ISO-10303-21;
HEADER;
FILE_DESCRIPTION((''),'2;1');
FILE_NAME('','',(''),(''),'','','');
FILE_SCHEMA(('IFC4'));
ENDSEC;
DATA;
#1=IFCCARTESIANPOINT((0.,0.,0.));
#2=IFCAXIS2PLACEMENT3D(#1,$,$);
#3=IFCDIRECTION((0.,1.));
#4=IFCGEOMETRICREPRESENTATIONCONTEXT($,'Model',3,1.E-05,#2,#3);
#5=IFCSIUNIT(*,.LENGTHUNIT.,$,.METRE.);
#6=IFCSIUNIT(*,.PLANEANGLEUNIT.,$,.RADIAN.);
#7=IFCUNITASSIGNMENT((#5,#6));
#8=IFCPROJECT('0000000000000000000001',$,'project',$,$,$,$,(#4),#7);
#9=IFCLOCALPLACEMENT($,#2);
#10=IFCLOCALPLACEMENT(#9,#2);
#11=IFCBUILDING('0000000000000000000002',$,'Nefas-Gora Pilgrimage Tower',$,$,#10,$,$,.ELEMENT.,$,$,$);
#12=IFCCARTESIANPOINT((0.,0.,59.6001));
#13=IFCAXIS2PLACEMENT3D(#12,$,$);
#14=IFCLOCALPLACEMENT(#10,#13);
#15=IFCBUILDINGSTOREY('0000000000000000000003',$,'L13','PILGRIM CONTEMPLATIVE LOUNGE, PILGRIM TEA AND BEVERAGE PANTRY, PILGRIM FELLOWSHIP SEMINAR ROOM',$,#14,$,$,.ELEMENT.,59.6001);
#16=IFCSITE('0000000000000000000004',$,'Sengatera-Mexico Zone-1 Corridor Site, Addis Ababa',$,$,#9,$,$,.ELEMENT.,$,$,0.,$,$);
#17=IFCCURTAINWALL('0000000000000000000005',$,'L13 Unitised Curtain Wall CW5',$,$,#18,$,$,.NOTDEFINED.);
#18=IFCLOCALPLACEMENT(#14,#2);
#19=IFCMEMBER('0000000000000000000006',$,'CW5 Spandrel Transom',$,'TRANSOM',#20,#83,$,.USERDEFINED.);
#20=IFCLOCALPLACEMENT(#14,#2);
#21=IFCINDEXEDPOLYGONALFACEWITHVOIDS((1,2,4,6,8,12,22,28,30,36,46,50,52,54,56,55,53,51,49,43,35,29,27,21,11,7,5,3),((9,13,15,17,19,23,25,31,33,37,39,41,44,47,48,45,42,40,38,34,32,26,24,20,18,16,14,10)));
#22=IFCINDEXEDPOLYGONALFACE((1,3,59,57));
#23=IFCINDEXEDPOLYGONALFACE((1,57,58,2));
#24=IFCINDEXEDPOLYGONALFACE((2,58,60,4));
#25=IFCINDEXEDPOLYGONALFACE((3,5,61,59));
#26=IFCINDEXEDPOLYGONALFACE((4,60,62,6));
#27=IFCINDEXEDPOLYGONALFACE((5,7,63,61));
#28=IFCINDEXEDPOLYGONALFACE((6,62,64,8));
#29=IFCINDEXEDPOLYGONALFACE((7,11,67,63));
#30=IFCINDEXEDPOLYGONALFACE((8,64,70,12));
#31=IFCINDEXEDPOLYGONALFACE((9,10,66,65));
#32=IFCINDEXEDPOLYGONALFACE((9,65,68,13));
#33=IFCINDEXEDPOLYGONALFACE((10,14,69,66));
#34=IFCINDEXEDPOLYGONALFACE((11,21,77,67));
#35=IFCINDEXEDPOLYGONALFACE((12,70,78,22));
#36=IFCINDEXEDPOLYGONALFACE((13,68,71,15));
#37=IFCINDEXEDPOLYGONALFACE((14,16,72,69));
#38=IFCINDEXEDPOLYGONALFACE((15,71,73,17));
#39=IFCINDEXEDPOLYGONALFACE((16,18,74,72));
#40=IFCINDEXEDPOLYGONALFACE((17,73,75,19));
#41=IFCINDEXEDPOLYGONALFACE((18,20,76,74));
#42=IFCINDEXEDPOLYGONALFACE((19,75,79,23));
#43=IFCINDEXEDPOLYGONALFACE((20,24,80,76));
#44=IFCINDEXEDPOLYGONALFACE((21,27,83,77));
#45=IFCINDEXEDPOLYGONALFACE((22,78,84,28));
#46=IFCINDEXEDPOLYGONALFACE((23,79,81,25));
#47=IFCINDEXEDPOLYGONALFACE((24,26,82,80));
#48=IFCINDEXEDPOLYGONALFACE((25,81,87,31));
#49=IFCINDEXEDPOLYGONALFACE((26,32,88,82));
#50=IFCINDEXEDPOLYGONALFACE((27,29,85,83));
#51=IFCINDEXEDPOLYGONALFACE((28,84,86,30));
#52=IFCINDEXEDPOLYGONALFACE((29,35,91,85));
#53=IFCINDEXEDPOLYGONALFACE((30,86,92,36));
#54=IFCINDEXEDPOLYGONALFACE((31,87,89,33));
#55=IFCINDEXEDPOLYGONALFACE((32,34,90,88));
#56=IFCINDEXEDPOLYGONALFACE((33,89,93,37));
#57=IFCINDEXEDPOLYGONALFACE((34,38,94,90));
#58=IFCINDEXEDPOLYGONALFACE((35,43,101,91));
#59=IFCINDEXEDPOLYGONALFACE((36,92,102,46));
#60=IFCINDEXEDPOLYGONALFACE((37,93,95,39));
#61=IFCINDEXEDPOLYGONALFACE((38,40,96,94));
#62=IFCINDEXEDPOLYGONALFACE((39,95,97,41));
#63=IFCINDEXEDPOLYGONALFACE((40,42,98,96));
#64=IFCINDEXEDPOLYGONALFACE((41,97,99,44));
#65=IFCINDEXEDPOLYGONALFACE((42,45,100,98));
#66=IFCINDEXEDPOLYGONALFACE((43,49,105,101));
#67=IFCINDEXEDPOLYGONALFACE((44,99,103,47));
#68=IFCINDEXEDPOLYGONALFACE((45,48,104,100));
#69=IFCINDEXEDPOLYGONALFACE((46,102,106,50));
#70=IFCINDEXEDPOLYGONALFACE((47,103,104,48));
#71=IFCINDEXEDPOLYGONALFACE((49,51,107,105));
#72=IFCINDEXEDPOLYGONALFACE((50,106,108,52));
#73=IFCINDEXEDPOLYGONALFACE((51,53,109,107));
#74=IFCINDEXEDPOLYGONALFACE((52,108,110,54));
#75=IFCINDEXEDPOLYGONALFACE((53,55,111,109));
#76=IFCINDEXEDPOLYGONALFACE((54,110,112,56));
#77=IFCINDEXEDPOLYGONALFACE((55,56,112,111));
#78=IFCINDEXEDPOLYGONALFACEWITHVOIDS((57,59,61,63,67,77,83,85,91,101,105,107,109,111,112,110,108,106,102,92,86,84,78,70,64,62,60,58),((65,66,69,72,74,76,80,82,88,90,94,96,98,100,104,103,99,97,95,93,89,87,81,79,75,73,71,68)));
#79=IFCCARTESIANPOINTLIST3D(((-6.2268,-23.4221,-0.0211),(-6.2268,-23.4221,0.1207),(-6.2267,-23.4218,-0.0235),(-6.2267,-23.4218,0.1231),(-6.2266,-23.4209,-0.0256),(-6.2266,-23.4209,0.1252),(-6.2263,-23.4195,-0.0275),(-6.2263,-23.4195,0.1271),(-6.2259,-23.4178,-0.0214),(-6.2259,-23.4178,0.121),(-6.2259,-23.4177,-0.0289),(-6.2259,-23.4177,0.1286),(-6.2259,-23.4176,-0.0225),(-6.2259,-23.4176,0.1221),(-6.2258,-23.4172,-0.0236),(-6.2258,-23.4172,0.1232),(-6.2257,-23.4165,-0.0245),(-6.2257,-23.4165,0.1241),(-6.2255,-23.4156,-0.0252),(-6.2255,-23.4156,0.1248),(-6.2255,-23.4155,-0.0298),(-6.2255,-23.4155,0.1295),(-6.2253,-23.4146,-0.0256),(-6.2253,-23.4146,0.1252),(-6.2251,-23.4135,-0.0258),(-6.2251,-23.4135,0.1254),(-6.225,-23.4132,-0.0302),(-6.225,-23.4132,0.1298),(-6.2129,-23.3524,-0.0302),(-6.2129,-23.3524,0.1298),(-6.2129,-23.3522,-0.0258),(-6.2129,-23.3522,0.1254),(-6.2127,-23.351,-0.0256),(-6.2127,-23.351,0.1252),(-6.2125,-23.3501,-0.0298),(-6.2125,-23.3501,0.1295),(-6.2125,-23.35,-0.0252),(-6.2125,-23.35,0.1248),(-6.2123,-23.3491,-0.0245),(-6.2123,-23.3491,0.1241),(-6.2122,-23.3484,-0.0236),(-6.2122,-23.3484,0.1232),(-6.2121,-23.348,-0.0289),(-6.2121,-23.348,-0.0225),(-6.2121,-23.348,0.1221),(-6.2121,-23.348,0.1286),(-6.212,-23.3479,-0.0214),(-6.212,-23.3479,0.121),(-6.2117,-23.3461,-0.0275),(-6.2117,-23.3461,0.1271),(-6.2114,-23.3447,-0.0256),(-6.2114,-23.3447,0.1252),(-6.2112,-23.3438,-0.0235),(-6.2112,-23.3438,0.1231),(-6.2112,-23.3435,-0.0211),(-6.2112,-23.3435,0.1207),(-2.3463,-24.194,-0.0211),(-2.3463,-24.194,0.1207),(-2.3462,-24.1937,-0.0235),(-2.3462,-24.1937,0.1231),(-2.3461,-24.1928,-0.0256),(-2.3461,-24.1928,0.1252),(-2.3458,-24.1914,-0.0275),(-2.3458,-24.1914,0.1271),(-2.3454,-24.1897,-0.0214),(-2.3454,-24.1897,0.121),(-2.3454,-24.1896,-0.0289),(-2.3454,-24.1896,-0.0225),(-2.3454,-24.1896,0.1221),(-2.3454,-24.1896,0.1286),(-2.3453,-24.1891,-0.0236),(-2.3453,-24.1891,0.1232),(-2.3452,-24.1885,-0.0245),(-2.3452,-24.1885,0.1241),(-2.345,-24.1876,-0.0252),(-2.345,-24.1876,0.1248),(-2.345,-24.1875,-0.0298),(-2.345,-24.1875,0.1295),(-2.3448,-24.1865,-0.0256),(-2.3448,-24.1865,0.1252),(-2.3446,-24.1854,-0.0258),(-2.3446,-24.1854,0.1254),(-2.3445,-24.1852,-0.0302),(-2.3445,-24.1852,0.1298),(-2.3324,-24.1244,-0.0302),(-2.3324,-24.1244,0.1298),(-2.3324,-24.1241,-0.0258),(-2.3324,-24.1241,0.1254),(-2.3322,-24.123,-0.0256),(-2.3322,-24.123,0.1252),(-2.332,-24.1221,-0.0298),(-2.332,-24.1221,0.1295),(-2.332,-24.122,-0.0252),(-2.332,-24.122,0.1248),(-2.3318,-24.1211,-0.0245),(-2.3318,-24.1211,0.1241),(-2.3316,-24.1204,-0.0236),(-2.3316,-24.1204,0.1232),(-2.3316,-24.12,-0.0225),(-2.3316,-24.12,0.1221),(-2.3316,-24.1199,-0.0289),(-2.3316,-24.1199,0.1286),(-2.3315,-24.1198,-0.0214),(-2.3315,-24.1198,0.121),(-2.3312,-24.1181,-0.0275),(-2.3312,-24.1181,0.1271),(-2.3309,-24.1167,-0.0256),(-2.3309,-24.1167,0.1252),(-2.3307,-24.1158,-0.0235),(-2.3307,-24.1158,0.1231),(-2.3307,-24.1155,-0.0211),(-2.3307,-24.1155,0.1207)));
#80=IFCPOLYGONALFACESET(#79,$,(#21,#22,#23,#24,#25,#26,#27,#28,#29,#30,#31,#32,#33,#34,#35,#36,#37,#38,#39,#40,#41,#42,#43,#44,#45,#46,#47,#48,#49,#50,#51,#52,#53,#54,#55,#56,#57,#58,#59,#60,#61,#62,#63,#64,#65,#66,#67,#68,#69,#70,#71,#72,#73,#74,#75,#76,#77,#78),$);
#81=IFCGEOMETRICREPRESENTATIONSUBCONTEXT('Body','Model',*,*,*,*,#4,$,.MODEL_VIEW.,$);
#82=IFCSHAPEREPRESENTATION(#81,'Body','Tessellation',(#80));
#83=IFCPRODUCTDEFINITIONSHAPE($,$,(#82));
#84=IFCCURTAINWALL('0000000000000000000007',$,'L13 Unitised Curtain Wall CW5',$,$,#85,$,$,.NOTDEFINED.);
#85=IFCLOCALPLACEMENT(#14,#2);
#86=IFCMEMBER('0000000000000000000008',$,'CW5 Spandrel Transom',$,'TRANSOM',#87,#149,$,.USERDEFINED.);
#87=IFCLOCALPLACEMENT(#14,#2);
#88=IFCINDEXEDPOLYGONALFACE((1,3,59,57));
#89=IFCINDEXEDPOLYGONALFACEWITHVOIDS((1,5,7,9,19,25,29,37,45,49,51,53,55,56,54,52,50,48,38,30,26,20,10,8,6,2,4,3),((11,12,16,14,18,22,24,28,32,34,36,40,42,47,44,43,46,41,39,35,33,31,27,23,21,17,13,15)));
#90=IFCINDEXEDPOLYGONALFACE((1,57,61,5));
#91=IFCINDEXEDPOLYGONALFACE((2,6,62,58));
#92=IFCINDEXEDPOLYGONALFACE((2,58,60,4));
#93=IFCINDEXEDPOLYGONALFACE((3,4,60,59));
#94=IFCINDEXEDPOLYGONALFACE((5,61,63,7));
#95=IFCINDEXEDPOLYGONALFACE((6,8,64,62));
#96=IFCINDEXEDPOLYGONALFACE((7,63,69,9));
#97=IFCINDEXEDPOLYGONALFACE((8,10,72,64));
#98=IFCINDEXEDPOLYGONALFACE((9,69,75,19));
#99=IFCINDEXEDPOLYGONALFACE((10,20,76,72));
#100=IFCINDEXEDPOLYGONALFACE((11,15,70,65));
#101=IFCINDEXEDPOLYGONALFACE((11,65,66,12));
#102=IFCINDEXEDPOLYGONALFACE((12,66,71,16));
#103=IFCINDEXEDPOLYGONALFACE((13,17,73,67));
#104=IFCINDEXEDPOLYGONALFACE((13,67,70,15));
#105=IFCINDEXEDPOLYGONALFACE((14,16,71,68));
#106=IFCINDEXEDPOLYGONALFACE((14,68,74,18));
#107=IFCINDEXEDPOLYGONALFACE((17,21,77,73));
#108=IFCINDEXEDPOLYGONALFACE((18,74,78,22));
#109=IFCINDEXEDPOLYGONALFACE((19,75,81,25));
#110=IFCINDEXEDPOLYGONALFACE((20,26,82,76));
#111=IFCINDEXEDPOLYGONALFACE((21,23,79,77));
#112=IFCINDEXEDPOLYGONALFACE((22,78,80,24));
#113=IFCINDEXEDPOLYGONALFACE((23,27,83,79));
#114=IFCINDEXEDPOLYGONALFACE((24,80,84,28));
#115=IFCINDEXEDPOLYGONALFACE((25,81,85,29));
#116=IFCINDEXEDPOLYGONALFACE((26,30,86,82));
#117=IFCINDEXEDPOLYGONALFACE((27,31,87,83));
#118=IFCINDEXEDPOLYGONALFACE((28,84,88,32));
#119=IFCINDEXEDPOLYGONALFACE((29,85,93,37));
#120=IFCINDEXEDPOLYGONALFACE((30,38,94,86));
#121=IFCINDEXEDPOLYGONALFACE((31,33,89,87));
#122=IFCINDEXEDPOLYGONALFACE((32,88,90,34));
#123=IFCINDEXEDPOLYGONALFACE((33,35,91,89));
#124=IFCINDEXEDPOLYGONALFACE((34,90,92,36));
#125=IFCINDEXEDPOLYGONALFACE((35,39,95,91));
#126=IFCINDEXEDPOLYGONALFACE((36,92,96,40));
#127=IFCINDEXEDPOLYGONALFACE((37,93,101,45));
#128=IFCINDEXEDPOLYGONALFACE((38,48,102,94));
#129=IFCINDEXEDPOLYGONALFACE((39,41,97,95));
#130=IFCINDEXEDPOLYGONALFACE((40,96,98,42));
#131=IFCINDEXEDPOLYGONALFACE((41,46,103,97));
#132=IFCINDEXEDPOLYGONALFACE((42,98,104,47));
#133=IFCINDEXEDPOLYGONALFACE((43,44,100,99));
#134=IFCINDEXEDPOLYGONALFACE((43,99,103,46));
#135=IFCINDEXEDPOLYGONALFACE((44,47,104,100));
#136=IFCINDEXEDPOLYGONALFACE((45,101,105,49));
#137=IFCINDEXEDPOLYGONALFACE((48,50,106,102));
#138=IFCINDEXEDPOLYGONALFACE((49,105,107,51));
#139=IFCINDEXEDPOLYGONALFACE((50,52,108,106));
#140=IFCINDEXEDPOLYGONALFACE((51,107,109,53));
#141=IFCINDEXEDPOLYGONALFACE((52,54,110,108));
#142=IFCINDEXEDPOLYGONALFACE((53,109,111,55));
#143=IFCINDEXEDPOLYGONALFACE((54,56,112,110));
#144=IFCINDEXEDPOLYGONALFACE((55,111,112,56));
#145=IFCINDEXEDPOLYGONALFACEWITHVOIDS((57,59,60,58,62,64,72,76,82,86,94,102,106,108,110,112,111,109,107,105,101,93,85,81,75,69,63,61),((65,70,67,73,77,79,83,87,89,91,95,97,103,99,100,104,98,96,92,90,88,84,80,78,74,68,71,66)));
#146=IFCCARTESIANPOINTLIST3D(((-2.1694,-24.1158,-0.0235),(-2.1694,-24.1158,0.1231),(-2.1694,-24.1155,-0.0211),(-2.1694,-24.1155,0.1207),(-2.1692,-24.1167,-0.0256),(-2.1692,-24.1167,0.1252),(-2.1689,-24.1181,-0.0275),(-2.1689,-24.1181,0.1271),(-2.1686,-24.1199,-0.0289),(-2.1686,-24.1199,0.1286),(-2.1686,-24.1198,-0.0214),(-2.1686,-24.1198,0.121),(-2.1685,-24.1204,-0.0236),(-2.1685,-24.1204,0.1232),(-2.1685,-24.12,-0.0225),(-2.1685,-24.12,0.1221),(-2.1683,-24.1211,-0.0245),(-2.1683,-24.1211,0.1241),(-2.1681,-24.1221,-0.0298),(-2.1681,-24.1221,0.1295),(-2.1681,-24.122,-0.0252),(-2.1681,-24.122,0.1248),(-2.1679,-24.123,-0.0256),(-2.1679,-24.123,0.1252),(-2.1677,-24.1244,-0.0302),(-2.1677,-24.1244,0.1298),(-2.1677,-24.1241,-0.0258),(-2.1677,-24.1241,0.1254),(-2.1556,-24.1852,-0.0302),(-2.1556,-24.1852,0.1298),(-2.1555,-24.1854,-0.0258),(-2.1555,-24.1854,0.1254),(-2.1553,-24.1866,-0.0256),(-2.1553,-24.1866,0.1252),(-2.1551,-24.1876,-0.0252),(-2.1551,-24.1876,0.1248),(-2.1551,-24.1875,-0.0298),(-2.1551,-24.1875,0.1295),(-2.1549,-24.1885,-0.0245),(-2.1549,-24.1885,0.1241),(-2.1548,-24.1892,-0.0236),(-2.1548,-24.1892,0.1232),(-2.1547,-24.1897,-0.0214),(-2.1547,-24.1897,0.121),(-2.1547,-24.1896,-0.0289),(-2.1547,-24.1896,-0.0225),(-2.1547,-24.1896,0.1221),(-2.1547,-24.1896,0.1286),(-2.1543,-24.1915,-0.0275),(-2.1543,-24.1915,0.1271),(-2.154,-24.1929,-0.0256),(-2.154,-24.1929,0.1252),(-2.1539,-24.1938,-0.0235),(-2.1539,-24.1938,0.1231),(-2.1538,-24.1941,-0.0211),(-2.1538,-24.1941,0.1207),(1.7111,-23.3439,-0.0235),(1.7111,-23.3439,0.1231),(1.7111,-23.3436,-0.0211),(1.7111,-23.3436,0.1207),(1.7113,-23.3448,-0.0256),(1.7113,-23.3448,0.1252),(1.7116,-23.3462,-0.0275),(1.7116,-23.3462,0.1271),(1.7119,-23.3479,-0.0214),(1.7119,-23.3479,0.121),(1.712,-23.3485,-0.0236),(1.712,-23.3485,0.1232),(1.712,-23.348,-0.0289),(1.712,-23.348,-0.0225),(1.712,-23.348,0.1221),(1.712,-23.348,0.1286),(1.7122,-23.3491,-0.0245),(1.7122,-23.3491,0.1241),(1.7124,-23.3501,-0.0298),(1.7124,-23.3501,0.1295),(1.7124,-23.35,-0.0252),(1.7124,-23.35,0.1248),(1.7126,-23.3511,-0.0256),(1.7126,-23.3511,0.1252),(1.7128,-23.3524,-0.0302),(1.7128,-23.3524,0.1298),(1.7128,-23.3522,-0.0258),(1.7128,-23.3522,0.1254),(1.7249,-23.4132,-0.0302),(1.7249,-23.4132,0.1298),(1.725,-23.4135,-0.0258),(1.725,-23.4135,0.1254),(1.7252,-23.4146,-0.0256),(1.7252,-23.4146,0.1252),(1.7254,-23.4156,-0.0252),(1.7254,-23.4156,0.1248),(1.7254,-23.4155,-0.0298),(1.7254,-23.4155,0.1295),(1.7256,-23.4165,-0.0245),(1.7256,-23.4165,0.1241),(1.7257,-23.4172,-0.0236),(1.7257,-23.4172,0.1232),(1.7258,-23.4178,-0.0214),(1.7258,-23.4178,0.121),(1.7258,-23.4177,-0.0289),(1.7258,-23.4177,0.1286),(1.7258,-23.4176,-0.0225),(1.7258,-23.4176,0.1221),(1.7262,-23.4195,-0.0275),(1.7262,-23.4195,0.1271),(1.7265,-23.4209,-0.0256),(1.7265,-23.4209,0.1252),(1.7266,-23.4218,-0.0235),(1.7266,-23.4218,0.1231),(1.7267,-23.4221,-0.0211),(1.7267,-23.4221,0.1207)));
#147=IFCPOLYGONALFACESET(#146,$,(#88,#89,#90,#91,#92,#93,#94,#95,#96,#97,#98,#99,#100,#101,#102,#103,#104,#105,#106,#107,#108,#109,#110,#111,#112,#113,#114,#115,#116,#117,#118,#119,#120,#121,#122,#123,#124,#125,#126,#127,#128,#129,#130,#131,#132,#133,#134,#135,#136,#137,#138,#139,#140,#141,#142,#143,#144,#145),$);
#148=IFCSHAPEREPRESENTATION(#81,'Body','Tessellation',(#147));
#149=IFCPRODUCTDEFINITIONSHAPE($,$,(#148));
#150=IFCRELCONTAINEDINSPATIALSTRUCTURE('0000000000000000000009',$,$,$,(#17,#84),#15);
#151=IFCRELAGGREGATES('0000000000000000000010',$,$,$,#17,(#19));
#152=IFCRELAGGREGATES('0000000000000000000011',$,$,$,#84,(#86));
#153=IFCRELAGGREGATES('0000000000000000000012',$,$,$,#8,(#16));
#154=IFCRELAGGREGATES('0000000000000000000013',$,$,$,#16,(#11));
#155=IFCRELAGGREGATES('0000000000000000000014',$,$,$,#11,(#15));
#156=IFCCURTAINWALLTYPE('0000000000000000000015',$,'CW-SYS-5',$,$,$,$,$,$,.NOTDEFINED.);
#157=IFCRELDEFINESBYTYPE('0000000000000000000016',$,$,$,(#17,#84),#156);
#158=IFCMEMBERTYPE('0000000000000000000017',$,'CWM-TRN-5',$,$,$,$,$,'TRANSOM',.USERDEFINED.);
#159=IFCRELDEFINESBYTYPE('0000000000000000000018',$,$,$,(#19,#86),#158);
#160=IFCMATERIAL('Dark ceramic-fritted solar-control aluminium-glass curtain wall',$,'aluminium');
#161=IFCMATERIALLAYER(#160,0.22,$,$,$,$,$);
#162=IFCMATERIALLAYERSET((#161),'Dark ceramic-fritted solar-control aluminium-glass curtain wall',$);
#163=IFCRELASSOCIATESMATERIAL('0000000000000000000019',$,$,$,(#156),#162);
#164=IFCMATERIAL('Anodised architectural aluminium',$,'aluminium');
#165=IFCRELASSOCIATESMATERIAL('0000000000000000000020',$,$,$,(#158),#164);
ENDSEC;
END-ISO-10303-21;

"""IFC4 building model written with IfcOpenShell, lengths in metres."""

from ifc_helpers import new_model, si_unit, direction, frame, origin, origin_2d, place, context, subcontext, project, spatial, hollow_rectangle, extrude, source, transform, mapped, material, layer, layer_set, material_profile, profile_set, type_object, element, aggregate, save


model = new_model("IFC4")

# Units and contexts
model_context = context("Model", 3, precision=1e-05, world=origin(), true_north=direction((0.0, 1.0)))
body_context = subcontext(model_context, "Body", "Model", "MODEL_VIEW")
ifc_project = project(units=[si_unit("LENGTHUNIT", "METRE"), si_unit("PLANEANGLEUNIT", "RADIAN")], contexts=[model_context])

# Site, building, storey
site_placement = place(None, origin())
site = spatial("IfcSite", under=ifc_project, at=site_placement, Name="Sengatera-Mexico Zone-1 Corridor Site, Addis Ababa", CompositionType="ELEMENT", RefElevation=0.0)
building_placement = place(site_placement, origin())
building = spatial("IfcBuilding", under=site, at=building_placement, Name="Nefas-Gora Pilgrimage Tower", CompositionType="ELEMENT")
storey_placement = place(building_placement, frame((0.0, 0.0, 59.6001)))
storey = spatial("IfcBuildingStorey", under=building, at=storey_placement, Name="L13", Description="PILGRIM CONTEMPLATIVE LOUNGE, PILGRIM TEA AND BEVERAGE PANTRY, PILGRIM FELLOWSHIP SEMINAR ROOM", CompositionType="ELEMENT", Elevation=59.6001)

# Curtain walls, members
ifc_material_1 = material(Name="Dark ceramic-fritted solar-control aluminium-glass curtain wall", Category="aluminium")
ifc_layer_1 = layer(ifc_material_1, 0.22)
ifc_layer_set_1 = layer_set([ifc_layer_1], Name="Dark ceramic-fritted solar-control aluminium-glass curtain wall")
curtain_wall_type = type_object("IfcCurtainWallType", Name="CW-SYS-5", PredefinedType="NOTDEFINED", material=ifc_layer_set_1)
curtain_wall_1_placement = place(storey_placement, origin())
curtain_wall_1 = element("IfcCurtainWall", 1, at=curtain_wall_1_placement, inside=storey, type_object=curtain_wall_type, Name="L13 Unitised Curtain Wall CW5", PredefinedType="NOTDEFINED")
ifc_material_2 = material(Name="Anodised architectural aluminium", Category="aluminium")
ifc_material_profile_1 = material_profile(ifc_material_2, hollow_rectangle(XDim=0.0801, YDim=0.1599, WallThickness=0.0044, InnerFilletRadius=0.0044, OuterFilletRadius=0.009, at=origin_2d()), Name="ALU TRANSOM 80x160")
ifc_profile_set_1 = profile_set([ifc_material_profile_1], Name="Anodised architectural aluminium")
member_type_1 = type_object("IfcMemberType", Name="CWM-TRN-5", ElementType="TRANSOM", PredefinedType="USERDEFINED", material=ifc_profile_set_1)
shared_shape_1 = source(origin(), body_context, "Body", "SweptSolid", [
    extrude(hollow_rectangle(XDim=0.0801, YDim=0.1599, WallThickness=0.0044, InnerFilletRadius=0.0044, OuterFilletRadius=0.009, at=origin_2d()), origin(), (0.0, 0.0, 1.0), 3.9565),
])
member_1_placement = place(storey_placement, frame((-6.219, -23.3828, 0.0498), z_axis=(0.980782, -0.195107, 0.0), x_axis=(0.195107, 0.980782, 0.0)))
member_1 = element("IfcMember", 2, at=member_1_placement, type_object=member_type_1, Name="CW5 Spandrel Transom", ObjectType="TRANSOM", PredefinedType="USERDEFINED", context=body_context, shape_type="MappedRepresentation", body=[
    mapped(shared_shape_1, transform((0.0, 0.0, 0.0), x_axis=(1.0, 0.0, 0.0), y_axis=(0.0, 1.0, 0.0), z_axis=(0.0, 0.0, 1.0), scale=1.0)),
])
curtain_wall_2_placement = place(storey_placement, origin())
curtain_wall_2 = element("IfcCurtainWall", 3, at=curtain_wall_2_placement, inside=storey, type_object=curtain_wall_type, Name="L13 Unitised Curtain Wall CW5", PredefinedType="NOTDEFINED")
member_2_placement = place(storey_placement, frame((-2.1616, -24.1548, 0.0498), z_axis=(0.980782, 0.195107, 0.0), x_axis=(-0.195107, 0.980782, 0.0)))
member_2 = element("IfcMember", 4, at=member_2_placement, type_object=member_type_1, Name="CW5 Spandrel Transom", ObjectType="TRANSOM", PredefinedType="USERDEFINED", context=body_context, shape_type="MappedRepresentation", body=[
    mapped(shared_shape_1, transform((0.0, 0.0, 0.0), x_axis=(1.0, 0.0, 0.0), y_axis=(0.0, 1.0, 0.0), z_axis=(0.0, 0.0, 1.0), scale=1.0)),
])

aggregate(curtain_wall_1, [member_1])
aggregate(curtain_wall_2, [member_2])

save(model, "model.ifc")
